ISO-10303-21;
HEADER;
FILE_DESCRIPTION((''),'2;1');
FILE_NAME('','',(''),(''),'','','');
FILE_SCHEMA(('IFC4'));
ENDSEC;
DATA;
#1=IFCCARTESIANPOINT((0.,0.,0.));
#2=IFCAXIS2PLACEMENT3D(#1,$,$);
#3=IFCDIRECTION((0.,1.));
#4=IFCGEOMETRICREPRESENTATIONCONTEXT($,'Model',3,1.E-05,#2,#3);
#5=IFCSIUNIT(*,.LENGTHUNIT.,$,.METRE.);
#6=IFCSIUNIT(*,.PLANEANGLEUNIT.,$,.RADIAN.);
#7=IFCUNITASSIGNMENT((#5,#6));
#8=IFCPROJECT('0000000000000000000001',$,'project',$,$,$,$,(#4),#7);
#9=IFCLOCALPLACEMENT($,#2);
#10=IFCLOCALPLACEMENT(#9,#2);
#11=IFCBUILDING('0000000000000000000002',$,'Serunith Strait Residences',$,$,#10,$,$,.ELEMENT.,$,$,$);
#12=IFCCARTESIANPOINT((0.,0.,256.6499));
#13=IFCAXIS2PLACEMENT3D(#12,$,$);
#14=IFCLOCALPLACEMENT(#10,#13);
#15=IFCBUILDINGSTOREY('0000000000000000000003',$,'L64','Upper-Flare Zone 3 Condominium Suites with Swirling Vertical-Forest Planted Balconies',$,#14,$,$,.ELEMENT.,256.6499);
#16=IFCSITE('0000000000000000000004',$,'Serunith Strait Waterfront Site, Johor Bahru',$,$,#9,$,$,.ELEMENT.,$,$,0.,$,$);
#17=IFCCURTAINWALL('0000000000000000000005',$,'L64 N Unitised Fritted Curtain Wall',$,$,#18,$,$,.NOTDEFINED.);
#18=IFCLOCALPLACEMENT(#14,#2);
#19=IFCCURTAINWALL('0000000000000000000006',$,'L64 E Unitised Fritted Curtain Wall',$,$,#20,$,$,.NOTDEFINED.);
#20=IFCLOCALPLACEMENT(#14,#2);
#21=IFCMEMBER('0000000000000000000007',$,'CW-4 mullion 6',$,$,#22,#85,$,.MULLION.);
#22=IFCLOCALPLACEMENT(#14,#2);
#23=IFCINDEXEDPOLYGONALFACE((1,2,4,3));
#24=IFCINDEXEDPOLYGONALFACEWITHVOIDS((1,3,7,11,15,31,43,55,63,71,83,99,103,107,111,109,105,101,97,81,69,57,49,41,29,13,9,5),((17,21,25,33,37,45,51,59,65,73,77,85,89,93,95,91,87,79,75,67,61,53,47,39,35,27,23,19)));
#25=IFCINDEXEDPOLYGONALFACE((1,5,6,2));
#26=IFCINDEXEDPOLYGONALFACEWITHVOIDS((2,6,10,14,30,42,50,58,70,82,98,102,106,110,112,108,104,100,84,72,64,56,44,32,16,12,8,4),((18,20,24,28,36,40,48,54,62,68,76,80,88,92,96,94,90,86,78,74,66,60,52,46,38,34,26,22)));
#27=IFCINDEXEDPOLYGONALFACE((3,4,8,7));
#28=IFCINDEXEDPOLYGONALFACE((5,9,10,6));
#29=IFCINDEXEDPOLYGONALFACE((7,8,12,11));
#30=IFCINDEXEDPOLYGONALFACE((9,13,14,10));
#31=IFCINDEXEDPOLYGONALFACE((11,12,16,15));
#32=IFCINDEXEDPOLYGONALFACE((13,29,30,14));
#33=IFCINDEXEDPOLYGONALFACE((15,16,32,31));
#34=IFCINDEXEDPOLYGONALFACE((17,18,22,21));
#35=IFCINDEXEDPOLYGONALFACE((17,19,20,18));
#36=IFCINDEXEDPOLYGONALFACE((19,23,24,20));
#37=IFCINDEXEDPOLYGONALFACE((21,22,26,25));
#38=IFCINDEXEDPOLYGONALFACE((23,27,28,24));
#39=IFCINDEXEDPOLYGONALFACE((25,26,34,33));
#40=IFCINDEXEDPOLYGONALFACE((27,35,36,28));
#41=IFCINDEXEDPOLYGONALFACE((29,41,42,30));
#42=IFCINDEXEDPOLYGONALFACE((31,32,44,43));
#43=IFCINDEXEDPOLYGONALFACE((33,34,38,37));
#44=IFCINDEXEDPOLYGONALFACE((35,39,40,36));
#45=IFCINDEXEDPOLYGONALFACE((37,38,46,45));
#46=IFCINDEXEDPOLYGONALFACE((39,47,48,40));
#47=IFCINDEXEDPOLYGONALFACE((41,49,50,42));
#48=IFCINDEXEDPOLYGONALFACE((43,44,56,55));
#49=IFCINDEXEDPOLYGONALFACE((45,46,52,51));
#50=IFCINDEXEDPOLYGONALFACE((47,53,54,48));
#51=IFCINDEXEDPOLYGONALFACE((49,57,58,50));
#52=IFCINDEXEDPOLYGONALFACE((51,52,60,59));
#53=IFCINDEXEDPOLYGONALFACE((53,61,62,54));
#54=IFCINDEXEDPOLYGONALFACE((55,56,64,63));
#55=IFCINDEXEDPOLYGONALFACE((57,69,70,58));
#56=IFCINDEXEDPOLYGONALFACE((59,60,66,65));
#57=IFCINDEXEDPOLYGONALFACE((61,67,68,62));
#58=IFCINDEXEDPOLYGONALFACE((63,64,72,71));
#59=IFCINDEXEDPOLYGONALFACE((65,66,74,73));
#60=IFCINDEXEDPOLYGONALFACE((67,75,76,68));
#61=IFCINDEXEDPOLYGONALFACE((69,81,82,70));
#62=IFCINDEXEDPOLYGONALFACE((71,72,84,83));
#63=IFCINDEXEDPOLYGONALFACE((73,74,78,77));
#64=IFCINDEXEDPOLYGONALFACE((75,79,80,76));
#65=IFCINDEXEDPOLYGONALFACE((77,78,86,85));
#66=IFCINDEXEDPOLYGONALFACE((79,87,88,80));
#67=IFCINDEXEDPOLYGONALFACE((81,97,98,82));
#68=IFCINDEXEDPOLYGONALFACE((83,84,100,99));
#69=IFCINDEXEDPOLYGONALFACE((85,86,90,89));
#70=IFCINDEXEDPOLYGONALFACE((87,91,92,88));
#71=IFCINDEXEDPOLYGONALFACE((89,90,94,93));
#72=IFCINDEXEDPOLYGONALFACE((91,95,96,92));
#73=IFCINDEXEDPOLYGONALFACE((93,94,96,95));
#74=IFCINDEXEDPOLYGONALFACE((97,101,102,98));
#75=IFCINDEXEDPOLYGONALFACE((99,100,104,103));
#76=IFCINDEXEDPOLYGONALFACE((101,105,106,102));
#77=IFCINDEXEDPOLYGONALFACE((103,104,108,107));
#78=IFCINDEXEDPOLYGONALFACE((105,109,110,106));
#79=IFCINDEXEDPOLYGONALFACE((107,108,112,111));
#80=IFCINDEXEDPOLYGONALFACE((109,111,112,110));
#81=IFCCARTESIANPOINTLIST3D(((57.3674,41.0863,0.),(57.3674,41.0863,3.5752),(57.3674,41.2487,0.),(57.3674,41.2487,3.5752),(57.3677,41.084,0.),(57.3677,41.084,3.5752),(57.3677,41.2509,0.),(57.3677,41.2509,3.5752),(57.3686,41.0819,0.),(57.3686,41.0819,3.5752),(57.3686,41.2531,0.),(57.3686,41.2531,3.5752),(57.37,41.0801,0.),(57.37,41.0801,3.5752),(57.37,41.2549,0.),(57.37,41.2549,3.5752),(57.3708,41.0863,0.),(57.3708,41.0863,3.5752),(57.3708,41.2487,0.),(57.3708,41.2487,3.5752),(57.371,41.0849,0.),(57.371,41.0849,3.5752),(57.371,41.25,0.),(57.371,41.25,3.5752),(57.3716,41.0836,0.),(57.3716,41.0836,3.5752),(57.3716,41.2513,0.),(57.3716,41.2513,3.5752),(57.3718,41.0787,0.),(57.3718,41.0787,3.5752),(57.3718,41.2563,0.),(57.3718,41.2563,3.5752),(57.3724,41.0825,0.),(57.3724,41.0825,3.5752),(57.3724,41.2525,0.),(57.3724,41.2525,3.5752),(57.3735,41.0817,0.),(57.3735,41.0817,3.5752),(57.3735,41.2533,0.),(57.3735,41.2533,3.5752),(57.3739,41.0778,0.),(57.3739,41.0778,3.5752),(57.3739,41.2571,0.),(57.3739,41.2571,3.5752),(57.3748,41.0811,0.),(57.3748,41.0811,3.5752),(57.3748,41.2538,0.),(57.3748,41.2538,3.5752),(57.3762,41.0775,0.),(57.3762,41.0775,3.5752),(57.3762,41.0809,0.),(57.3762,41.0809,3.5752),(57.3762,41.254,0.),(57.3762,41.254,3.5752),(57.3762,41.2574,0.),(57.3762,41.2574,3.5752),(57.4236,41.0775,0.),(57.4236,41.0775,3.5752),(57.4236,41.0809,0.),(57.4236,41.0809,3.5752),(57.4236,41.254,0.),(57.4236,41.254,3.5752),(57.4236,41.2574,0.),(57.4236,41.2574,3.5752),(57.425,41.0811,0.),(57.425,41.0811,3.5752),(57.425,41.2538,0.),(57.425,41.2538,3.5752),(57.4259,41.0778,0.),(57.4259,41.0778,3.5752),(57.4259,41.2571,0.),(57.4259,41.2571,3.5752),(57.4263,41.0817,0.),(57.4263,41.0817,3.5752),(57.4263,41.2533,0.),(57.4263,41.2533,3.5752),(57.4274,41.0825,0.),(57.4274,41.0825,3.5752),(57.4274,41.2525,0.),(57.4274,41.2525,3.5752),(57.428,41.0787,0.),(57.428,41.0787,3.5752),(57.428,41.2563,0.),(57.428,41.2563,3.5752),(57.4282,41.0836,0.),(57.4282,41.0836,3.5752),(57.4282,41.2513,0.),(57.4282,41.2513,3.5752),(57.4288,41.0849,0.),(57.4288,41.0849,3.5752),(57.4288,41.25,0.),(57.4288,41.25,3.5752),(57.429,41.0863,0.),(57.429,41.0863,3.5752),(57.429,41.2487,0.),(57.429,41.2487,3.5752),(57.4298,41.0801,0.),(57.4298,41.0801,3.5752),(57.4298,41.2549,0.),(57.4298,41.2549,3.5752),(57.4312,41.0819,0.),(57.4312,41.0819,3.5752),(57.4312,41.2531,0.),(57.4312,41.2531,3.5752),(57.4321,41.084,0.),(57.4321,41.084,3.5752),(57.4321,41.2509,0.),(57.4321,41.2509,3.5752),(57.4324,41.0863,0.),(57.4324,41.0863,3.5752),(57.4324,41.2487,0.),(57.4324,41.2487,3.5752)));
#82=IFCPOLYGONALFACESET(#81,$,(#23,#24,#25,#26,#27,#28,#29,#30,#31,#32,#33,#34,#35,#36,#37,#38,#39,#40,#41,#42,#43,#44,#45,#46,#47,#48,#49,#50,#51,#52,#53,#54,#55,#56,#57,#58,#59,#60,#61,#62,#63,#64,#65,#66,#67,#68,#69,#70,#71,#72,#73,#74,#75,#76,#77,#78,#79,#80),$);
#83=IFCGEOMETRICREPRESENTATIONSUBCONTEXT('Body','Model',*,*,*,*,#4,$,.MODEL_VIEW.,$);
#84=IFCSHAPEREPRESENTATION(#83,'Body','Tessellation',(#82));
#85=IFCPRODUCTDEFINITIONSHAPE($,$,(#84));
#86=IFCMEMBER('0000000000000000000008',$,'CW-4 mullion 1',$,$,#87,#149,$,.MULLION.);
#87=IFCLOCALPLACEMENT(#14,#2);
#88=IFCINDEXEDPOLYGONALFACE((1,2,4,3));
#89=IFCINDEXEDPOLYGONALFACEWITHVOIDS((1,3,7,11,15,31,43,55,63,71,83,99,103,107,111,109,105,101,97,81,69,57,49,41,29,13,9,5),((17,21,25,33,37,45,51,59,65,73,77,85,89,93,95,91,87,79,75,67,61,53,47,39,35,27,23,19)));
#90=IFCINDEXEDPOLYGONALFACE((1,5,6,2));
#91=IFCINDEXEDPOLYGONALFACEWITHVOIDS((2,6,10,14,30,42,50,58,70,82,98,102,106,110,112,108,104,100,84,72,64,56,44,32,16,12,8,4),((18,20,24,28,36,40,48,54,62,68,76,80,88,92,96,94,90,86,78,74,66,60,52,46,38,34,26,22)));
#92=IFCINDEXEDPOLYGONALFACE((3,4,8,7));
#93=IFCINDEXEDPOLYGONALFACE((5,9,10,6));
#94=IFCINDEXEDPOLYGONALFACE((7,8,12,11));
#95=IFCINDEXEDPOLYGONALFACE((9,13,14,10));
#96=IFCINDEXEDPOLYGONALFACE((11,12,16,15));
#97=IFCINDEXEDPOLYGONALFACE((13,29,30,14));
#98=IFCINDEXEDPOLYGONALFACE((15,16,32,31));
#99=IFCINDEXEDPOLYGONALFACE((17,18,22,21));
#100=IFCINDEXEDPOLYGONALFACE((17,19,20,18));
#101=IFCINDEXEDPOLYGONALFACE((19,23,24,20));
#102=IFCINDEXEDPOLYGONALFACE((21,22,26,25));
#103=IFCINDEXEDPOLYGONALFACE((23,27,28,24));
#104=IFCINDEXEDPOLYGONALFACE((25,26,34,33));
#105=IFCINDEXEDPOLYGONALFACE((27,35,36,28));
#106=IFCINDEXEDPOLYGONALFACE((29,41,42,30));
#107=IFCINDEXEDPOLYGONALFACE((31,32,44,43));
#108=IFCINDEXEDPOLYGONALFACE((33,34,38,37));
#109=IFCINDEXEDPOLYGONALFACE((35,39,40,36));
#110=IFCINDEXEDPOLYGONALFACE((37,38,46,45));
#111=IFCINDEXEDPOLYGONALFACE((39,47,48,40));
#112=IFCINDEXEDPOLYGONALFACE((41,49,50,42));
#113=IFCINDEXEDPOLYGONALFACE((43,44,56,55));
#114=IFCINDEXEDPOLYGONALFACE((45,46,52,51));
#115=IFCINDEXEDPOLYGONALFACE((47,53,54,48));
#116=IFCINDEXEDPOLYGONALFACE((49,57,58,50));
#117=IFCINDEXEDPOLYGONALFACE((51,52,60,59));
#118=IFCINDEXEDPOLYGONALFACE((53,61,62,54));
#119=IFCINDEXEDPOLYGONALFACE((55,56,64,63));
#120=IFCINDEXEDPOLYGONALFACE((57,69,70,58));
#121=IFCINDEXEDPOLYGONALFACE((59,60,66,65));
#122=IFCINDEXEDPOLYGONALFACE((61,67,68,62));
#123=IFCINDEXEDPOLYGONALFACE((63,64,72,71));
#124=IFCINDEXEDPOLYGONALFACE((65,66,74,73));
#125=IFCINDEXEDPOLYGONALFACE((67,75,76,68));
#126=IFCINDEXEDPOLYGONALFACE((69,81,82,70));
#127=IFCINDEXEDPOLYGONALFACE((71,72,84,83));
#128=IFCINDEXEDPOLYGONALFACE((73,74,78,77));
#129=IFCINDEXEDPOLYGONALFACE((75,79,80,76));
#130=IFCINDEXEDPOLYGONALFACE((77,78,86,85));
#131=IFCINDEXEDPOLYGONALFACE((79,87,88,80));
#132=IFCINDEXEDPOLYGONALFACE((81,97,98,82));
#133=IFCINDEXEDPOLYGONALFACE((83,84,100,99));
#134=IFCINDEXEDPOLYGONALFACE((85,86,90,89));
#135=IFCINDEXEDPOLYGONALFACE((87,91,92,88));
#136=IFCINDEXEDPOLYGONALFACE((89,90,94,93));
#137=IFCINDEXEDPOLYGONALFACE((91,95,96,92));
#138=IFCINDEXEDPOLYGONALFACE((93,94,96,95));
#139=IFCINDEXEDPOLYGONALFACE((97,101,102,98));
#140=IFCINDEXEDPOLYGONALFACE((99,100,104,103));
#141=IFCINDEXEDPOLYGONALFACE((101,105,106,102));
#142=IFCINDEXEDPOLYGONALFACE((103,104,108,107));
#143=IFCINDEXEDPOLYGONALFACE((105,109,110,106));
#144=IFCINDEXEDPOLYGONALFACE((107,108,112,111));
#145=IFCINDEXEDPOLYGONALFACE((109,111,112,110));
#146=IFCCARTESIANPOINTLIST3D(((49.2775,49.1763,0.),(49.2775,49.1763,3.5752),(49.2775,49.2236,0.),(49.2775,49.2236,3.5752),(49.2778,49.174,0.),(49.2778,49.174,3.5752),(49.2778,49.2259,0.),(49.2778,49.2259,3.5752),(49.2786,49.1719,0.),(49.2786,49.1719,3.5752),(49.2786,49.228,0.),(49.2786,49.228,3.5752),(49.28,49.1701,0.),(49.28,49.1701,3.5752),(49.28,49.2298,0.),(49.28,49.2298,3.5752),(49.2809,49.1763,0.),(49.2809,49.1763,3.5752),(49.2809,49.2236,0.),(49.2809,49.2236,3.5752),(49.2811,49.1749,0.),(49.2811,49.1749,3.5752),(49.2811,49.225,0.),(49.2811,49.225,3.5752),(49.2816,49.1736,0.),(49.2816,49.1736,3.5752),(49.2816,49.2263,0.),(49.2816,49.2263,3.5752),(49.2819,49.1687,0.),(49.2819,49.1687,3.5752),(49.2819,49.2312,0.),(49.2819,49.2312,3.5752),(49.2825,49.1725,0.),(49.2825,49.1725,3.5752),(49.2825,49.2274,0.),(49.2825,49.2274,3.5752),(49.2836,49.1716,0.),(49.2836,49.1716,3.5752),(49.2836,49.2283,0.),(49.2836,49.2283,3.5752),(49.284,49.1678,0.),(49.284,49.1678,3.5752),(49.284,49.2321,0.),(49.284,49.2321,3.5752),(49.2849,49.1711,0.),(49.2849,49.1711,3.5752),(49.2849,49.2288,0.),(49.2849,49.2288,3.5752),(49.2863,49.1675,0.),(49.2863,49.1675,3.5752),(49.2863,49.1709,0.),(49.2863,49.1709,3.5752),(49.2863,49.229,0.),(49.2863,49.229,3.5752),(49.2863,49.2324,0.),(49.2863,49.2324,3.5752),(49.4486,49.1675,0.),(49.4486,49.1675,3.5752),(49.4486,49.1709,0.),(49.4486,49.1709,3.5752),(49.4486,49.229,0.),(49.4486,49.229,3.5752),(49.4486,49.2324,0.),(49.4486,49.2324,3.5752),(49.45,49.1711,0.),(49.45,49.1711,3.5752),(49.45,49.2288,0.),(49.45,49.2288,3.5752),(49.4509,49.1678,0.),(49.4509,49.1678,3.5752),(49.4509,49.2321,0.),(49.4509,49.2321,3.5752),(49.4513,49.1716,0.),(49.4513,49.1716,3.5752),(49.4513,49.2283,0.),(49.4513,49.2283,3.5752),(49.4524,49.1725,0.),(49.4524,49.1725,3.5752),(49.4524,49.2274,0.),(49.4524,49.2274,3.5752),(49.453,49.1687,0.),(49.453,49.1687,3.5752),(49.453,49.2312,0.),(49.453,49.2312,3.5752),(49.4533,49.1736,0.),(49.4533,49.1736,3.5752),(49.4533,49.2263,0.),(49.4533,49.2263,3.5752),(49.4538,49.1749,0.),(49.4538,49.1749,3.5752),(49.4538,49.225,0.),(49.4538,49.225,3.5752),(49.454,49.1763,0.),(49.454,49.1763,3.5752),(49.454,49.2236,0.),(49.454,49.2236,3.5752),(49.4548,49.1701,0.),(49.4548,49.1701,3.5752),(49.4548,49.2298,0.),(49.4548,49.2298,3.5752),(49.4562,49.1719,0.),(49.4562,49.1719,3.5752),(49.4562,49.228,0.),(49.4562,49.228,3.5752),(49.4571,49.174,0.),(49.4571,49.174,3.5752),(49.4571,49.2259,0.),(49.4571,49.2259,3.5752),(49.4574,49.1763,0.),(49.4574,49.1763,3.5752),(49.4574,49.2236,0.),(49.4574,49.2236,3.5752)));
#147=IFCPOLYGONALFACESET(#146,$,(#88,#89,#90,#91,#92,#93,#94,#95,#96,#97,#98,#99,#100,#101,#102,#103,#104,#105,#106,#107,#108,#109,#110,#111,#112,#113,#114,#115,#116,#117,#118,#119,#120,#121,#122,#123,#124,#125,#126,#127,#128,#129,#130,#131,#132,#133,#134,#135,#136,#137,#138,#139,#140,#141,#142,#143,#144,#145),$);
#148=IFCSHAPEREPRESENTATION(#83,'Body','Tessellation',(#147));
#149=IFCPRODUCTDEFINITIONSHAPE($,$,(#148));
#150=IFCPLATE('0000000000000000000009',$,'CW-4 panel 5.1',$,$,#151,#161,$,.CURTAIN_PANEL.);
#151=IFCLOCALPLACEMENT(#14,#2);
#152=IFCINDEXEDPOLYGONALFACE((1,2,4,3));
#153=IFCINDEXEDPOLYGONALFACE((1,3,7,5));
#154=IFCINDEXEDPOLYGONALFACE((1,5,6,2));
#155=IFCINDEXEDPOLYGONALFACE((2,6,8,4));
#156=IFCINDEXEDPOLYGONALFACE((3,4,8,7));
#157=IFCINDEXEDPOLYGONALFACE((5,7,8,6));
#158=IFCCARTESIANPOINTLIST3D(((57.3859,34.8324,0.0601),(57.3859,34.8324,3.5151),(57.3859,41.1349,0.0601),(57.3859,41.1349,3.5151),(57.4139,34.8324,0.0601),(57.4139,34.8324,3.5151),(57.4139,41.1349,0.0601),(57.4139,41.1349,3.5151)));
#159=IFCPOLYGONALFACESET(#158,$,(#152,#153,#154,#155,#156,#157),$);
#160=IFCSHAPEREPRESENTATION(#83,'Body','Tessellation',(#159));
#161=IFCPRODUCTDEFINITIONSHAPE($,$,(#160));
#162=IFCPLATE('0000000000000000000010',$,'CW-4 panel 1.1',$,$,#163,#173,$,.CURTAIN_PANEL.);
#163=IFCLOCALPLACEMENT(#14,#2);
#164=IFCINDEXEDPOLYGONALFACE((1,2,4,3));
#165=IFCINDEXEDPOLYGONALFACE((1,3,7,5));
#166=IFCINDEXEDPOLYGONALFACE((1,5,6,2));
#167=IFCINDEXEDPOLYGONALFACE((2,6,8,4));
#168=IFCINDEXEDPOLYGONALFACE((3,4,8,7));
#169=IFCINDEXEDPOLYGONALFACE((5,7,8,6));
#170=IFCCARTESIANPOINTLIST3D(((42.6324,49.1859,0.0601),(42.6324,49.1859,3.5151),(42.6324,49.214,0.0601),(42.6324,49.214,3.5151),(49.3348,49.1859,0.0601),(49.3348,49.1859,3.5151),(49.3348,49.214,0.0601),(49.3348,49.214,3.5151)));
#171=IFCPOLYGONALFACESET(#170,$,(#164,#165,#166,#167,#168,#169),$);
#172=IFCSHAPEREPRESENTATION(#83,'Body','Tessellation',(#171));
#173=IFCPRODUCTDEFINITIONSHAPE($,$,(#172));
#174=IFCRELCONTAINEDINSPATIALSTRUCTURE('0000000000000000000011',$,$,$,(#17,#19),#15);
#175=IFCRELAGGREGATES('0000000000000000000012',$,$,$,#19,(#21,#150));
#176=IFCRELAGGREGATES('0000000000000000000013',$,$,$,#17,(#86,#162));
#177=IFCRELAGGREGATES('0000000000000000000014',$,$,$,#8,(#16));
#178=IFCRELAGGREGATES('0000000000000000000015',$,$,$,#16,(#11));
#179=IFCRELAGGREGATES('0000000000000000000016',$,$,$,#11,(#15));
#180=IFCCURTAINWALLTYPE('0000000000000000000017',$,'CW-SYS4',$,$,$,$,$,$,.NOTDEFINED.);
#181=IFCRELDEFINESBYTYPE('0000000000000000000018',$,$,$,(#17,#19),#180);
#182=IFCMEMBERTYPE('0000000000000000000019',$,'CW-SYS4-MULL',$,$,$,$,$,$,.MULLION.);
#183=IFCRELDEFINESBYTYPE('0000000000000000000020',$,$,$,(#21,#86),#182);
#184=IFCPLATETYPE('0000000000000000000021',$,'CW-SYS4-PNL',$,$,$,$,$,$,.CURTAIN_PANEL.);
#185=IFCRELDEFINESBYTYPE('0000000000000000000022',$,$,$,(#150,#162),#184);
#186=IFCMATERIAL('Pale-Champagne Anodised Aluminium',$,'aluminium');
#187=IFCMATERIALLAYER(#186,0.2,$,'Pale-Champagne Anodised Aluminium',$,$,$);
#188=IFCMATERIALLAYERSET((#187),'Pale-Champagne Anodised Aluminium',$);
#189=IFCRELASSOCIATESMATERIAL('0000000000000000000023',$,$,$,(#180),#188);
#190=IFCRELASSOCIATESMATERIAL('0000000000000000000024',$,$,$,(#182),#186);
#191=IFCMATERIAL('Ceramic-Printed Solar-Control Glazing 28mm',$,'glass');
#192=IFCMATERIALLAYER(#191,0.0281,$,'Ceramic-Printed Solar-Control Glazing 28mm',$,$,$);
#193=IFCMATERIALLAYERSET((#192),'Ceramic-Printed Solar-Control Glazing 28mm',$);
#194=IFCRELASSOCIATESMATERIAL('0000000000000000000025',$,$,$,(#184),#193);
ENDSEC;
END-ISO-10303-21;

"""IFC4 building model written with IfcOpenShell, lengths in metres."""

from ifc_helpers import new_model, si_unit, direction, frame, origin, origin_2d, place, context, subcontext, project, spatial, rectangle, hollow_rectangle, extrude, source, transform, mapped, material, layer, layer_set, material_profile, profile_set, type_object, element, aggregate, save


model = new_model("IFC4")

# Units and contexts
model_context = context("Model", 3, precision=1e-05, world=origin(), true_north=direction((0.0, 1.0)))
body_context = subcontext(model_context, "Body", "Model", "MODEL_VIEW")
ifc_project = project(units=[si_unit("LENGTHUNIT", "METRE"), si_unit("PLANEANGLEUNIT", "RADIAN")], contexts=[model_context])

# Site, building, storey
site_placement = place(None, origin())
site = spatial("IfcSite", under=ifc_project, at=site_placement, Name="Serunith Strait Waterfront Site, Johor Bahru", CompositionType="ELEMENT", RefElevation=0.0)
building_placement = place(site_placement, origin())
building = spatial("IfcBuilding", under=site, at=building_placement, Name="Serunith Strait Residences", CompositionType="ELEMENT")
storey_placement = place(building_placement, frame((0.0, 0.0, 256.6499)))
storey = spatial("IfcBuildingStorey", under=building, at=storey_placement, Name="L64", Description="Upper-Flare Zone 3 Condominium Suites with Swirling Vertical-Forest Planted Balconies", CompositionType="ELEMENT", Elevation=256.6499)

# Curtain wall
ifc_material_1 = material(Name="Pale-Champagne Anodised Aluminium", Category="aluminium")
ifc_layer_1 = layer(ifc_material_1, 0.2, Name="Pale-Champagne Anodised Aluminium")
ifc_layer_set_1 = layer_set([ifc_layer_1], Name="Pale-Champagne Anodised Aluminium")
curtain_wall_type = type_object("IfcCurtainWallType", Name="CW-SYS4", PredefinedType="NOTDEFINED", material=ifc_layer_set_1)
curtain_wall_1_placement = place(storey_placement, origin())
curtain_wall_1 = element("IfcCurtainWall", 1, at=curtain_wall_1_placement, inside=storey, type_object=curtain_wall_type, Name="L64 N Unitised Fritted Curtain Wall", PredefinedType="NOTDEFINED")

# Curtain wall, member
curtain_wall_2_placement = place(storey_placement, origin())
curtain_wall_2 = element("IfcCurtainWall", 2, at=curtain_wall_2_placement, inside=storey, type_object=curtain_wall_type, Name="L64 E Unitised Fritted Curtain Wall", PredefinedType="NOTDEFINED")
ifc_material_profile_1 = material_profile(ifc_material_1, hollow_rectangle(XDim=0.0649, YDim=0.1799, WallThickness=0.0034, InnerFilletRadius=0.0054, OuterFilletRadius=0.0088, at=origin_2d()), Name="ALU 180x65x3.5")
ifc_profile_set_1 = profile_set([ifc_material_profile_1], Name="Pale-Champagne Anodised Aluminium")
member_type_1 = type_object("IfcMemberType", Name="CW-SYS4-MULL", PredefinedType="MULLION", material=ifc_profile_set_1)
shared_shape_1 = source(origin(), body_context, "Body", "SweptSolid", [
    extrude(hollow_rectangle(XDim=0.0649, YDim=0.1799, WallThickness=0.0034, InnerFilletRadius=0.0054, OuterFilletRadius=0.0088, at=origin_2d()), origin(), (0.0, 0.0, 1.0), 3.5752),
])
member_1_placement = place(storey_placement, frame((57.3999, 41.1675, 0.0), z_axis=(0.0, 0.0, 1.0), x_axis=(-1.0, 0.0, 0.0)))
member_1 = element("IfcMember", 3, at=member_1_placement, type_object=member_type_1, Name="CW-4 mullion 6", PredefinedType="MULLION", context=body_context, shape_type="MappedRepresentation", body=[
    mapped(shared_shape_1, transform((0.0, 0.0, 0.0), scale=1.0)),
])

# Member
member_2_placement = place(storey_placement, frame((49.3674, 49.2, 0.0), z_axis=(0.0, 0.0, 1.0), x_axis=(0.0, -1.0, 0.0)))
member_2 = element("IfcMember", 4, at=member_2_placement, type_object=member_type_1, Name="CW-4 mullion 1", PredefinedType="MULLION", context=body_context, shape_type="MappedRepresentation", body=[
    mapped(shared_shape_1, transform((0.0, 0.0, 0.0), scale=1.0)),
])

# Plates
ifc_material_2 = material(Name="Ceramic-Printed Solar-Control Glazing 28mm", Category="glass")
ifc_layer_2 = layer(ifc_material_2, 0.0281, Name="Ceramic-Printed Solar-Control Glazing 28mm")
ifc_layer_set_2 = layer_set([ifc_layer_2], Name="Ceramic-Printed Solar-Control Glazing 28mm")
plate_type = type_object("IfcPlateType", Name="CW-SYS4-PNL", PredefinedType="CURTAIN_PANEL", material=ifc_layer_set_2)
shared_shape_2 = source(origin(), body_context, "Body", "SweptSolid", [
    extrude(rectangle(XDim=6.3025, YDim=0.0281, at=origin_2d()), origin(), (0.0, 0.0, 1.0), 3.4551),
])
plate_1_placement = place(storey_placement, frame((57.3999, 37.9836, 0.0601), z_axis=(0.0, 0.0, 1.0), x_axis=(0.0, 1.0, 0.0)))
plate_1 = element("IfcPlate", 5, at=plate_1_placement, type_object=plate_type, Name="CW-4 panel 5.1", PredefinedType="CURTAIN_PANEL", context=body_context, shape_type="MappedRepresentation", body=[
    mapped(shared_shape_2, transform((0.0, 0.0, 0.0), scale=1.0)),
])
aggregate(curtain_wall_2, [member_1, plate_1])
shared_shape_3 = source(origin(), body_context, "Body", "SweptSolid", [
    extrude(rectangle(XDim=6.7024, YDim=0.0281, at=origin_2d()), origin(), (0.0, 0.0, 1.0), 3.4551),
])
plate_2_placement = place(storey_placement, frame((45.9836, 49.2, 0.0601), z_axis=(0.0, 0.0, 1.0), x_axis=(-1.0, 0.0, 0.0)))
plate_2 = element("IfcPlate", 6, at=plate_2_placement, type_object=plate_type, Name="CW-4 panel 1.1", PredefinedType="CURTAIN_PANEL", context=body_context, shape_type="MappedRepresentation", body=[
    mapped(shared_shape_3, transform((0.0, 0.0, 0.0), scale=1.0)),
])
aggregate(curtain_wall_1, [member_2, plate_2])

save(model, "model.ifc")
